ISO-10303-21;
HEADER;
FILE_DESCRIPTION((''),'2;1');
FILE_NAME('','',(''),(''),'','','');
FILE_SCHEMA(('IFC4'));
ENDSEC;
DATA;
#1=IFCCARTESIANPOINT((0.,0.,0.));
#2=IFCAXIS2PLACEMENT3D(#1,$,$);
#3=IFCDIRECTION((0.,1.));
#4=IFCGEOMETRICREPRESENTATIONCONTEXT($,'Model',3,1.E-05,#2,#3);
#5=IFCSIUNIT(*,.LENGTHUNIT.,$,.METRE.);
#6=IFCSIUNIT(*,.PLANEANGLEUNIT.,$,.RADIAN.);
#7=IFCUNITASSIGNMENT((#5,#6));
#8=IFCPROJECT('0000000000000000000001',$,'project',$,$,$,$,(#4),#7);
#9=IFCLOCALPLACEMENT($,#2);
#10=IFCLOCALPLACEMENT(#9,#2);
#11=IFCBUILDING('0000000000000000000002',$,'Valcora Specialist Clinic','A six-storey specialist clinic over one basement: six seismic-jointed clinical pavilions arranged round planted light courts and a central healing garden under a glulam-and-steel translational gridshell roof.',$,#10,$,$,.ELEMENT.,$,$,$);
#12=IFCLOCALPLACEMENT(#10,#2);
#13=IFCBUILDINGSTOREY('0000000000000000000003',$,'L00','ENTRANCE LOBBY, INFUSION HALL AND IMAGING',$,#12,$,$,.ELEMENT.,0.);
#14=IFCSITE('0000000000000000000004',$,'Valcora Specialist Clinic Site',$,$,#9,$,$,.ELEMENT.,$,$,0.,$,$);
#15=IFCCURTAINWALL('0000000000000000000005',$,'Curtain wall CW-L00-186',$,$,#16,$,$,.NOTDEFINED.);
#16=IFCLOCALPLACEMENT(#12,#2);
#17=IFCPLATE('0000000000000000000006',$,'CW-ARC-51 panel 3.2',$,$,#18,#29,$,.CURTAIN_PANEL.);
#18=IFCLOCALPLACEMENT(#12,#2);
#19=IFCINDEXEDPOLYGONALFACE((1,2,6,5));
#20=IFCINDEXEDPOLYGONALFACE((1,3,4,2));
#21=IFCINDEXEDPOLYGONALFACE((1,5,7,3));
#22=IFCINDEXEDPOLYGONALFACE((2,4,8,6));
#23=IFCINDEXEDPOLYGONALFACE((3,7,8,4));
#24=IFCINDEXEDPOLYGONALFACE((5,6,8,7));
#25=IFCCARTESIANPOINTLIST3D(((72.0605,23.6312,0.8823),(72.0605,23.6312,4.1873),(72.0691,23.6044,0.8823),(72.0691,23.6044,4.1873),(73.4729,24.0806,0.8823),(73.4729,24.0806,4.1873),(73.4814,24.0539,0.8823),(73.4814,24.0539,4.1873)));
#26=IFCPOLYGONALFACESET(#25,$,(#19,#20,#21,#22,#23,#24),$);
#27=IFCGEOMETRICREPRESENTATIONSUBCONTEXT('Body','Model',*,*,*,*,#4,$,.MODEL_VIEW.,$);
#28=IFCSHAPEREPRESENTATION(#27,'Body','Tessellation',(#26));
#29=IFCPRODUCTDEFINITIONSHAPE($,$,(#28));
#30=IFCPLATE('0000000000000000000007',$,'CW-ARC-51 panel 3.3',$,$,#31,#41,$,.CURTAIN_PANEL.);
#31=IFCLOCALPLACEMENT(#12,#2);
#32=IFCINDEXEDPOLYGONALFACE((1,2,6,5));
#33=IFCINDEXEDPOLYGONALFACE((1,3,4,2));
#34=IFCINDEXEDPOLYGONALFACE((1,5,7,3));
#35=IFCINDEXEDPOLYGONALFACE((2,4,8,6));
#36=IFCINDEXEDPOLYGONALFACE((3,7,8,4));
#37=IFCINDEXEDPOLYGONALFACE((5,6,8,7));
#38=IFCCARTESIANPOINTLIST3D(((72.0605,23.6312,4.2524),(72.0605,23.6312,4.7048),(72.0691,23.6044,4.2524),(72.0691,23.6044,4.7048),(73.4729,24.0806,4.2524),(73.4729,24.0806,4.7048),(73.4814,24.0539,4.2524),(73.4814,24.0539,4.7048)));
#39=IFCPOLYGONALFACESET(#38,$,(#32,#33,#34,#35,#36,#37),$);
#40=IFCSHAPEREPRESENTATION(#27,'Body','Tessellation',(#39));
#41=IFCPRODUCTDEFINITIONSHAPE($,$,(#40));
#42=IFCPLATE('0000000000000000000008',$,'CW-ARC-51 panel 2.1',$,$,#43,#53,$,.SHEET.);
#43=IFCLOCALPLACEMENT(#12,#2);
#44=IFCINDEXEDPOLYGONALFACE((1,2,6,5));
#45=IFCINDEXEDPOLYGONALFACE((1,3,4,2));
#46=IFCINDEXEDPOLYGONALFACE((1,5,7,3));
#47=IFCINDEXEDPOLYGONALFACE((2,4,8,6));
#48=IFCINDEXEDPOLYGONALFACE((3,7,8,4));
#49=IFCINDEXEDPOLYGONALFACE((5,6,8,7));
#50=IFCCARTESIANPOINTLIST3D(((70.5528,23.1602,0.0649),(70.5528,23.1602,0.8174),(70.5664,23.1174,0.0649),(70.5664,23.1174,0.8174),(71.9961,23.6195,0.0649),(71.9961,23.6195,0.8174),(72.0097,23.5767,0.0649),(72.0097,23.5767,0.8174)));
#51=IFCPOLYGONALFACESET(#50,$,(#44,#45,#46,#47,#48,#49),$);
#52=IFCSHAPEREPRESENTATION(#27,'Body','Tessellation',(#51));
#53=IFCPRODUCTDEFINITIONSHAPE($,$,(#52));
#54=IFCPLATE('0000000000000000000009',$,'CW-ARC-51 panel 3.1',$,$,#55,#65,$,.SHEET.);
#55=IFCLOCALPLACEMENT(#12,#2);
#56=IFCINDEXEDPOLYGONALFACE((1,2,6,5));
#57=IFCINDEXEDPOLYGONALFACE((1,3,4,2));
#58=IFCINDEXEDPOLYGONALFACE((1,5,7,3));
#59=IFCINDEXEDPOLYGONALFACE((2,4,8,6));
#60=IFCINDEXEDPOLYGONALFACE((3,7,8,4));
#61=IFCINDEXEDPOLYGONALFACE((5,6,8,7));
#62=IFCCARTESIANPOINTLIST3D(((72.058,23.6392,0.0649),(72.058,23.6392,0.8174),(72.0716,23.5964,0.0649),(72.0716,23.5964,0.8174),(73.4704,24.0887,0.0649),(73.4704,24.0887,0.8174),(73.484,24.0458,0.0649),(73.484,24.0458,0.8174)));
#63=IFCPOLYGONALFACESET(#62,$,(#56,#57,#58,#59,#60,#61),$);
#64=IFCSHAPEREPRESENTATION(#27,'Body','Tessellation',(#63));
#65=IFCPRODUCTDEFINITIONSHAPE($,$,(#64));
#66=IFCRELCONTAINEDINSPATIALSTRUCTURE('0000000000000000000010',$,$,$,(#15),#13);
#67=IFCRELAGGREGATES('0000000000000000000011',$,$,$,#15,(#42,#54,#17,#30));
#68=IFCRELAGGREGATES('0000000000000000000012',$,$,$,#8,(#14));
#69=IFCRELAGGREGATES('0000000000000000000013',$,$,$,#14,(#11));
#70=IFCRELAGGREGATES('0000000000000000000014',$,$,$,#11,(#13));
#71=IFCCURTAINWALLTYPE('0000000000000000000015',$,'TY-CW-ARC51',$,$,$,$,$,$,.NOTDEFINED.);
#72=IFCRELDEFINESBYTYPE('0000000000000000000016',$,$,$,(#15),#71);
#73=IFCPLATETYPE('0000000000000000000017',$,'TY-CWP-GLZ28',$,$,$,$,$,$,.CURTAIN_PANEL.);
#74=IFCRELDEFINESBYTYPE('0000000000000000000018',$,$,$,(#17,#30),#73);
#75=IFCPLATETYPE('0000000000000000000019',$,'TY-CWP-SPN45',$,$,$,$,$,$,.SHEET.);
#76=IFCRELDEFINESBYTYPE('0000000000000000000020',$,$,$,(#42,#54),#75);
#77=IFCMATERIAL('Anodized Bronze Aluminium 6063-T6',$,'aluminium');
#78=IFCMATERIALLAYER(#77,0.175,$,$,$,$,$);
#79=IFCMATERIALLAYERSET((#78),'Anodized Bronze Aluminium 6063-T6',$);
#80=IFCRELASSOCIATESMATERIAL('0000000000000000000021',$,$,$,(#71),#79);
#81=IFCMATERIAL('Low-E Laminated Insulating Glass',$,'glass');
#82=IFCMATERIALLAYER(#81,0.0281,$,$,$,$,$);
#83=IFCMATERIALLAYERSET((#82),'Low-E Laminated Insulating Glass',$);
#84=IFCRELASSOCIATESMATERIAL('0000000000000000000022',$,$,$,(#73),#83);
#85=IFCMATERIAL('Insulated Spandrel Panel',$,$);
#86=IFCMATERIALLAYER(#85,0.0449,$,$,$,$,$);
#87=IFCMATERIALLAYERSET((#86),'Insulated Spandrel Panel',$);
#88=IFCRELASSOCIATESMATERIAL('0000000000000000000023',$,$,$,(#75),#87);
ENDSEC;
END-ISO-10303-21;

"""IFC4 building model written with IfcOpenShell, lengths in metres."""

from ifc_helpers import new_model, si_unit, direction, frame, origin, origin_2d, place, context, subcontext, project, spatial, rectangle, extrude, material, layer, layer_set, type_object, element, aggregate, save


model = new_model("IFC4")

# Units and contexts
model_context = context("Model", 3, precision=1e-05, world=origin(), true_north=direction((0.0, 1.0)))
body_context = subcontext(model_context, "Body", "Model", "MODEL_VIEW")
ifc_project = project(units=[si_unit("LENGTHUNIT", "METRE"), si_unit("PLANEANGLEUNIT", "RADIAN")], contexts=[model_context])

# Site, building, storey
site_placement = place(None, origin())
site = spatial("IfcSite", under=ifc_project, at=site_placement, Name="Valcora Specialist Clinic Site", CompositionType="ELEMENT", RefElevation=0.0)
building_placement = place(site_placement, origin())
building = spatial("IfcBuilding", under=site, at=building_placement, Name="Valcora Specialist Clinic", Description="A six-storey specialist clinic over one basement: six seismic-jointed clinical pavilions arranged round planted light courts and a central healing garden under a glulam-and-steel translational gridshell roof.", CompositionType="ELEMENT")
storey_placement = place(building_placement, origin())
storey = spatial("IfcBuildingStorey", under=building, at=storey_placement, Name="L00", Description="ENTRANCE LOBBY, INFUSION HALL AND IMAGING", CompositionType="ELEMENT", Elevation=0.0)

# Curtain wall
ifc_material_1 = material(Name="Anodized Bronze Aluminium 6063-T6", Category="aluminium")
ifc_layer_1 = layer(ifc_material_1, 0.175)
ifc_layer_set_1 = layer_set([ifc_layer_1], Name="Anodized Bronze Aluminium 6063-T6")
curtain_wall_type = type_object("IfcCurtainWallType", Name="TY-CW-ARC51", PredefinedType="NOTDEFINED", material=ifc_layer_set_1)
curtain_wall_1_placement = place(storey_placement, origin())
curtain_wall_1 = element("IfcCurtainWall", 1, at=curtain_wall_1_placement, inside=storey, type_object=curtain_wall_type, Name="Curtain wall CW-L00-186", PredefinedType="NOTDEFINED")

# Plates
ifc_material_2 = material(Name="Low-E Laminated Insulating Glass", Category="glass")
ifc_layer_2 = layer(ifc_material_2, 0.0281)
ifc_layer_set_2 = layer_set([ifc_layer_2], Name="Low-E Laminated Insulating Glass")
plate_type_1 = type_object("IfcPlateType", Name="TY-CWP-GLZ28", PredefinedType="CURTAIN_PANEL", material=ifc_layer_set_2)
plate_1_placement = place(storey_placement, frame((72.771, 23.8425, 0.8823), z_axis=(0.0, 0.0, 1.0), x_axis=(0.952916, 0.303233, 0.0)))
plate_1 = element("IfcPlate", 2, at=plate_1_placement, type_object=plate_type_1, Name="CW-ARC-51 panel 3.2", PredefinedType="CURTAIN_PANEL", context=body_context, shape_type="SweptSolid", body=[
    extrude(rectangle(XDim=1.4822, YDim=0.0281, at=origin_2d()), origin(), (0.0, 0.0, 1.0), 3.3049),
])
plate_2_placement = place(storey_placement, frame((72.771, 23.8425, 4.2524), z_axis=(0.0, 0.0, 1.0), x_axis=(0.952916, 0.303233, 0.0)))
plate_2 = element("IfcPlate", 3, at=plate_2_placement, type_object=plate_type_1, Name="CW-ARC-51 panel 3.3", PredefinedType="CURTAIN_PANEL", context=body_context, shape_type="SweptSolid", body=[
    extrude(rectangle(XDim=1.4822, YDim=0.0281, at=origin_2d()), origin(), (0.0, 0.0, 1.0), 0.4524),
])
ifc_material_3 = material(Name="Insulated Spandrel Panel")
ifc_layer_3 = layer(ifc_material_3, 0.0449)
ifc_layer_set_3 = layer_set([ifc_layer_3], Name="Insulated Spandrel Panel")
plate_type_2 = type_object("IfcPlateType", Name="TY-CWP-SPN45", PredefinedType="SHEET", material=ifc_layer_set_3)
plate_3_placement = place(storey_placement, frame((71.2812, 23.3684, 0.0649), z_axis=(0.0, 0.0, 1.0), x_axis=(0.952916, 0.303233, 0.0)))
plate_3 = element("IfcPlate", 4, at=plate_3_placement, type_object=plate_type_2, Name="CW-ARC-51 panel 2.1", PredefinedType="SHEET", context=body_context, shape_type="SweptSolid", body=[
    extrude(rectangle(XDim=1.5146, YDim=0.0449, at=origin_2d()), origin(), (0.0, 0.0, 1.0), 0.7524),
])
plate_4_placement = place(storey_placement, frame((72.771, 23.8425, 0.0649), z_axis=(0.0, 0.0, 1.0), x_axis=(0.952916, 0.303233, 0.0)))
plate_4 = element("IfcPlate", 5, at=plate_4_placement, type_object=plate_type_2, Name="CW-ARC-51 panel 3.1", PredefinedType="SHEET", context=body_context, shape_type="SweptSolid", body=[
    extrude(rectangle(XDim=1.4822, YDim=0.0449, at=origin_2d()), origin(), (0.0, 0.0, 1.0), 0.7524),
])
aggregate(curtain_wall_1, [plate_3, plate_4, plate_1, plate_2])

save(model, "model.ifc")
